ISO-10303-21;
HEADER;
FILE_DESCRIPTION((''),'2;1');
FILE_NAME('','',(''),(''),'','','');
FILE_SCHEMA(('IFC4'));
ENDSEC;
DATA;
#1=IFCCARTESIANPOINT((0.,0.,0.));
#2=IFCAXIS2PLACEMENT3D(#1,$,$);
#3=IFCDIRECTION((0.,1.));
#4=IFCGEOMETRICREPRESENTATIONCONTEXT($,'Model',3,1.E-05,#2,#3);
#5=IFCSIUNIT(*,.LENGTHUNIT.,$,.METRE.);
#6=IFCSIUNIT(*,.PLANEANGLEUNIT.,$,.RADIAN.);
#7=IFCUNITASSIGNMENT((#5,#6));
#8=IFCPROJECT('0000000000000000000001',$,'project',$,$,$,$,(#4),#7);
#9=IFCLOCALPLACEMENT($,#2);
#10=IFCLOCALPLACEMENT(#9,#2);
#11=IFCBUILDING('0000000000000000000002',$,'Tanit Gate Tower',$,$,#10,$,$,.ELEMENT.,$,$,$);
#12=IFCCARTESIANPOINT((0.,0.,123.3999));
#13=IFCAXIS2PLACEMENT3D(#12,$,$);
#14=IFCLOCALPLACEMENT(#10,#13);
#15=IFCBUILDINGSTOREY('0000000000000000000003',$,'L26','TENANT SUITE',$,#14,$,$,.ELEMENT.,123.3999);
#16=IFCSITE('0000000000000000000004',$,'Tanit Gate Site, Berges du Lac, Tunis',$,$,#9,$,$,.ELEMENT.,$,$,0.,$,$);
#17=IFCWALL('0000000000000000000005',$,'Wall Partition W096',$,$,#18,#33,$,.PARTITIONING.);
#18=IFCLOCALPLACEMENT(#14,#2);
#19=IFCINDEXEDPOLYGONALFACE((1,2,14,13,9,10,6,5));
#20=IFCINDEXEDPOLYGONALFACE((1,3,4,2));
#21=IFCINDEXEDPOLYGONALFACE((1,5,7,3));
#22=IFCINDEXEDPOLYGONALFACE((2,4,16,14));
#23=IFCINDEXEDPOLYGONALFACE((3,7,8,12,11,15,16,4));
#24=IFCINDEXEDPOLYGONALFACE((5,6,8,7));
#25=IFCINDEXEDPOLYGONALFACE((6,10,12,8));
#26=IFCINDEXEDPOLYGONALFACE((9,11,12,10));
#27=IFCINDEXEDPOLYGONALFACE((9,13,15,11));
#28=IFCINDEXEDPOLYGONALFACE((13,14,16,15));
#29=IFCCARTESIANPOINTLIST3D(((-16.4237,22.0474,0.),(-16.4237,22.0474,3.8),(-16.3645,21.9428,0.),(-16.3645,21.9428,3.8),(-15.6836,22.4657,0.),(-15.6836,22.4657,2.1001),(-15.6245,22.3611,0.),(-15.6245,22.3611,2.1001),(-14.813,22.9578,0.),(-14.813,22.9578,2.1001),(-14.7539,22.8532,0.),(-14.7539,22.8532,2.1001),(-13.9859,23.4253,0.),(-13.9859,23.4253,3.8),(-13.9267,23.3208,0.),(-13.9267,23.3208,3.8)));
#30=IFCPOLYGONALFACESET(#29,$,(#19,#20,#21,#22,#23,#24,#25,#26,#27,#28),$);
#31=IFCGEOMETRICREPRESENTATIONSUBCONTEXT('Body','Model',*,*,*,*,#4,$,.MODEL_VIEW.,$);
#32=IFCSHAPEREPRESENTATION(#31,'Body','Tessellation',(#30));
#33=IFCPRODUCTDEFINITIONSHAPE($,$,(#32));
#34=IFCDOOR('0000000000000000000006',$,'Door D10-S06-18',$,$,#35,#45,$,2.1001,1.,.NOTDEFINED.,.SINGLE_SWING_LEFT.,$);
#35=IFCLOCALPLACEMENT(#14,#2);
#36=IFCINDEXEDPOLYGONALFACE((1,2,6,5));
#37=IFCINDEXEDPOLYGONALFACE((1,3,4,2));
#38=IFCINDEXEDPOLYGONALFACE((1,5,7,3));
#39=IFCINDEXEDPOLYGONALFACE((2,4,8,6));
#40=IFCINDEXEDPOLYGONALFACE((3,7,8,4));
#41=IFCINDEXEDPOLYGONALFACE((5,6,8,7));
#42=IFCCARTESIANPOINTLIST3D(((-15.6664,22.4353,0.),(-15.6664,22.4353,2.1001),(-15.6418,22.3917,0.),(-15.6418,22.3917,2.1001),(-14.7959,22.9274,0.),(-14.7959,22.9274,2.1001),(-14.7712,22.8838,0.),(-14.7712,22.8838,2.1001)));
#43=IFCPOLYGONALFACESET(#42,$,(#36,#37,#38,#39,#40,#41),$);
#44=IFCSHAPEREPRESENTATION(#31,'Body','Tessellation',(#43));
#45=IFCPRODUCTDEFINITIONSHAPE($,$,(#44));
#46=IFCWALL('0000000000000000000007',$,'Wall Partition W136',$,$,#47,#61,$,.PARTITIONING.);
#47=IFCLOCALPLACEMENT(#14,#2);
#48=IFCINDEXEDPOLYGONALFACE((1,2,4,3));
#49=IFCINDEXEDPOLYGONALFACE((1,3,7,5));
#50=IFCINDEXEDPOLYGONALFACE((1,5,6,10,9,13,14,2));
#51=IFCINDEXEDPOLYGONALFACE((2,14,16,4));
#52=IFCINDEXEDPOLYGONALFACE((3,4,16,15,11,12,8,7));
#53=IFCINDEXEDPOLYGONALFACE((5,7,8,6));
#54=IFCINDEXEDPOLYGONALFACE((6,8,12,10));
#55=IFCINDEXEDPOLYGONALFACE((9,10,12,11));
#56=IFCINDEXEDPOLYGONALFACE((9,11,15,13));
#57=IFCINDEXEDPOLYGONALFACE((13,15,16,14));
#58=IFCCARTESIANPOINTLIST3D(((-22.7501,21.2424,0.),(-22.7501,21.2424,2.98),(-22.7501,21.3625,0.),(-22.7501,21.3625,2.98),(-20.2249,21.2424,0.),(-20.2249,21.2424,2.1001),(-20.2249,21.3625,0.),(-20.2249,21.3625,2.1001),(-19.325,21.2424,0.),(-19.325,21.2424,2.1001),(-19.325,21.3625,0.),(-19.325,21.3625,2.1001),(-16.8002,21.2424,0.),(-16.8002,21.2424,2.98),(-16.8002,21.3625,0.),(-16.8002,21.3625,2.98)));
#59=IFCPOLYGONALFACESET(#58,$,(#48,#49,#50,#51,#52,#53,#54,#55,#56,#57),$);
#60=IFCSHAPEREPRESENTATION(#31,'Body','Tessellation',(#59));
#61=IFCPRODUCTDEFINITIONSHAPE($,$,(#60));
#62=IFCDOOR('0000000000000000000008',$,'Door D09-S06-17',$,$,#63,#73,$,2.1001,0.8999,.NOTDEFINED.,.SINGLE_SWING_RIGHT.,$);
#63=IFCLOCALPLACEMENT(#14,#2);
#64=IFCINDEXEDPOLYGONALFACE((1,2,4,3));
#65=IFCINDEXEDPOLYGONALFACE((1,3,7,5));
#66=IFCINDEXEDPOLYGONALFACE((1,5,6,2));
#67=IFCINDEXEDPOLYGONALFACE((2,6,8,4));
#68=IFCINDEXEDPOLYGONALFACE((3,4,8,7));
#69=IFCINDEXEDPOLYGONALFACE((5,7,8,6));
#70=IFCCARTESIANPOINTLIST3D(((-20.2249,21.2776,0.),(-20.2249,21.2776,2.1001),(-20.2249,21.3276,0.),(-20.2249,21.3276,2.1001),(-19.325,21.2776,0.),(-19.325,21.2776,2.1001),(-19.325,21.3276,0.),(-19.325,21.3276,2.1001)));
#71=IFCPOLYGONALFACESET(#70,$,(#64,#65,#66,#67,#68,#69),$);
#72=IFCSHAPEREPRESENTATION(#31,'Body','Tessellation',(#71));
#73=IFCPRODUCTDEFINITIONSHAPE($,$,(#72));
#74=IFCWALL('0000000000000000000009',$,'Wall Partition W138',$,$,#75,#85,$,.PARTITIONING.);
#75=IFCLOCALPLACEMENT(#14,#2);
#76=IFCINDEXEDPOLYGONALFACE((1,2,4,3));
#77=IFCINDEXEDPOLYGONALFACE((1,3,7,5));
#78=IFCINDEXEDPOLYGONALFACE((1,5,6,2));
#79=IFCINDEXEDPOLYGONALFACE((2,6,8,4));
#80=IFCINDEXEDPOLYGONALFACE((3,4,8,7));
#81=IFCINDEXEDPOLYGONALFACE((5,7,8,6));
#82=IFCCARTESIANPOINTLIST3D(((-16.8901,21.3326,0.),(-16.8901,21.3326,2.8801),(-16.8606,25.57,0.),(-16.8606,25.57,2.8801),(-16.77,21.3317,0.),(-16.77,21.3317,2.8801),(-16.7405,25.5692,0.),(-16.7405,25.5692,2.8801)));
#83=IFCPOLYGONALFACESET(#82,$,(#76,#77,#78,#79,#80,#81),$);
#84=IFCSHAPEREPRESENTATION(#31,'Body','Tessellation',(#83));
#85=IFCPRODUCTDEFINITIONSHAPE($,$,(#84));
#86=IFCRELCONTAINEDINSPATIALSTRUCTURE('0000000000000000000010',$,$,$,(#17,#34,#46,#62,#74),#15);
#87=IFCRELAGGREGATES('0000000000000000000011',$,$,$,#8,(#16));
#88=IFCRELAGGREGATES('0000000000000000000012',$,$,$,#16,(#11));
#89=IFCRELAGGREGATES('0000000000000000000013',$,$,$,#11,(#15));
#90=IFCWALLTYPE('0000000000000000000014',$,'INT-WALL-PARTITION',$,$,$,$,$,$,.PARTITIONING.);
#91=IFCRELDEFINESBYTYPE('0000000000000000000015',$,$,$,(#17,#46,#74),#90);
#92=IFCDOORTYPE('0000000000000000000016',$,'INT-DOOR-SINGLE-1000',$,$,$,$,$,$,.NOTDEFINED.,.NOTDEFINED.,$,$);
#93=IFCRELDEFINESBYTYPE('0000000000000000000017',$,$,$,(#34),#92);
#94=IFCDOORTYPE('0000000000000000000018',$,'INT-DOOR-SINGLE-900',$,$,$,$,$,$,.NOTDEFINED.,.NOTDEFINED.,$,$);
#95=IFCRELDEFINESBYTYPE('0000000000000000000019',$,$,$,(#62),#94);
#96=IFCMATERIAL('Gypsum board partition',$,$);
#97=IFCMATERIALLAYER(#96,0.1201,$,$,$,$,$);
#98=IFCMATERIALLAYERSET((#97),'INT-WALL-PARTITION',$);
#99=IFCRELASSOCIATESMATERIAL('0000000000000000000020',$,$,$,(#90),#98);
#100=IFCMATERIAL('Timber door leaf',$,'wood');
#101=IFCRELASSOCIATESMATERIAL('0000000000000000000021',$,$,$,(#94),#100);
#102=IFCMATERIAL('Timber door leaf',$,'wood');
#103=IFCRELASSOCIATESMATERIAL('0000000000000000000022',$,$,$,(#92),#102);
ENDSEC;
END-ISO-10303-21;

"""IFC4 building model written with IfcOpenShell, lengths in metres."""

from ifc_helpers import new_model, si_unit, direction, frame, frame_2d, origin, place, context, subcontext, project, spatial, rectangle, extrude, material, layer, layer_set, type_object, element, fill, save


model = new_model("IFC4")

# Units and contexts
model_context = context("Model", 3, precision=1e-05, world=origin(), true_north=direction((0.0, 1.0)))
body_context = subcontext(model_context, "Body", "Model", "MODEL_VIEW")
ifc_project = project(units=[si_unit("LENGTHUNIT", "METRE"), si_unit("PLANEANGLEUNIT", "RADIAN")], contexts=[model_context])

# Site, building, storey
site_placement = place(None, origin())
site = spatial("IfcSite", under=ifc_project, at=site_placement, Name="Tanit Gate Site, Berges du Lac, Tunis", CompositionType="ELEMENT", RefElevation=0.0)
building_placement = place(site_placement, origin())
building = spatial("IfcBuilding", under=site, at=building_placement, Name="Tanit Gate Tower", CompositionType="ELEMENT")
storey_placement = place(building_placement, frame((0.0, 0.0, 123.3999)))
storey = spatial("IfcBuildingStorey", under=building, at=storey_placement, Name="L26", Description="TENANT SUITE", CompositionType="ELEMENT", Elevation=123.3999)

# Shared definitions
ifc_material_1 = material(Name="Gypsum board partition")
ifc_layer_1 = layer(ifc_material_1, 0.1201)
ifc_layer_set_1 = layer_set([ifc_layer_1], Name="INT-WALL-PARTITION")
wall_type_1 = type_object("IfcWallType", Name="INT-WALL-PARTITION", PredefinedType="PARTITIONING", material=ifc_layer_set_1)

# Walls, openings, doors
ifc_material_2 = material(Name="Timber door leaf", Category="wood")
door_type_1 = type_object("IfcDoorType", Name="INT-DOOR-SINGLE-900", OperationType="NOTDEFINED", PredefinedType="NOTDEFINED", material=ifc_material_2)
wall_1_placement = place(storey_placement, frame((-13.9563, 23.373, 0.0), z_axis=(0.0, 0.0, 1.0), x_axis=(-0.870551, -0.492077, 0.0)))
wall_1 = element("IfcWall", 1, at=wall_1_placement, inside=storey, type_object=wall_type_1, Name="Wall Partition W096", PredefinedType="PARTITIONING", context=body_context, shape_type="SweptSolid", body=[
    extrude(rectangle(XDim=2.8003, YDim=0.1201, at=frame_2d((1.4001, 0.0))), origin(), (0.0, 0.0, 1.0), 3.8),
])
opening_1_placement = place(wall_1_placement, frame((0.9502, 0.0, 0.0)))
opening_1 = element("IfcOpeningElement", 2, at=opening_1_placement, cuts=wall_1, PredefinedType="OPENING", context=body_context, shape_type="SweptSolid", body=[
    extrude(rectangle(XDim=1.0, YDim=2.1001, at=frame_2d((0.5, 1.05))), frame((0.0, 0.0701, 0.0), z_axis=(0.0, -1.0, 0.0), x_axis=(1.0, 0.0, 0.0)), (0.0, 0.0, 1.0), 0.1401),
])
ifc_material_3 = material(Name="Timber door leaf", Category="wood")
door_type_2 = type_object("IfcDoorType", Name="INT-DOOR-SINGLE-1000", OperationType="NOTDEFINED", PredefinedType="NOTDEFINED", material=ifc_material_3)
door_1_placement = place(opening_1_placement, origin())
door_1 = element("IfcDoor", 3, at=door_1_placement, inside=storey, type_object=door_type_2, Name="Door D10-S06-18", OperationType="SINGLE_SWING_LEFT", OverallHeight=2.1001, OverallWidth=1.0, PredefinedType="NOTDEFINED", context=body_context, shape_type="SweptSolid", body=[
    extrude(rectangle(XDim=1.0, YDim=2.1001, at=frame_2d((0.5, 1.05))), frame((0.0, 0.0249, 0.0), z_axis=(0.0, -1.0, 0.0), x_axis=(1.0, 0.0, 0.0)), (0.0, 0.0, 1.0), 0.05),
])
fill(opening_1, door_1)
wall_2_placement = place(storey_placement, frame((-16.8, 21.3025, 0.0), z_axis=(0.0, 0.0, 1.0), x_axis=(-1.0, 0.0, 0.0)))
wall_2 = element("IfcWall", 4, at=wall_2_placement, inside=storey, type_object=wall_type_1, Name="Wall Partition W136", PredefinedType="PARTITIONING", context=body_context, shape_type="SweptSolid", body=[
    extrude(rectangle(XDim=5.95, YDim=0.1201, at=frame_2d((2.9751, 0.0))), origin(), (0.0, 0.0, 1.0), 2.98),
])
opening_2_placement = place(wall_2_placement, frame((2.5249, 0.0, 0.0)))
opening_2 = element("IfcOpeningElement", 5, at=opening_2_placement, cuts=wall_2, PredefinedType="OPENING", context=body_context, shape_type="SweptSolid", body=[
    extrude(rectangle(XDim=0.8999, YDim=2.1001, at=frame_2d((0.45, 1.05))), frame((0.0, 0.0701, 0.0), z_axis=(0.0, -1.0, 0.0), x_axis=(1.0, 0.0, 0.0)), (0.0, 0.0, 1.0), 0.1401),
])
door_2_placement = place(opening_2_placement, origin())
door_2 = element("IfcDoor", 6, at=door_2_placement, inside=storey, type_object=door_type_1, Name="Door D09-S06-17", OperationType="SINGLE_SWING_RIGHT", OverallHeight=2.1001, OverallWidth=0.8999, PredefinedType="NOTDEFINED", context=body_context, shape_type="SweptSolid", body=[
    extrude(rectangle(XDim=0.8999, YDim=2.1001, at=frame_2d((0.45, 1.05))), frame((0.0, 0.0249, 0.0), z_axis=(0.0, -1.0, 0.0), x_axis=(1.0, 0.0, 0.0)), (0.0, 0.0, 1.0), 0.05),
])
fill(opening_2, door_2)

# Wall
wall_3_placement = place(storey_placement, frame((-16.8301, 21.3323, 0.0), z_axis=(0.0, 0.0, 1.0), x_axis=(0.006971, 0.999976, 0.0)))
element("IfcWall", 7, at=wall_3_placement, inside=storey, type_object=wall_type_1, Name="Wall Partition W138", PredefinedType="PARTITIONING", context=body_context, shape_type="SweptSolid", body=[
    extrude(rectangle(XDim=4.2375, YDim=0.1201, at=frame_2d((2.1187, 0.0))), origin(), (0.0, 0.0, 1.0), 2.8801),
])

save(model, "model.ifc")
